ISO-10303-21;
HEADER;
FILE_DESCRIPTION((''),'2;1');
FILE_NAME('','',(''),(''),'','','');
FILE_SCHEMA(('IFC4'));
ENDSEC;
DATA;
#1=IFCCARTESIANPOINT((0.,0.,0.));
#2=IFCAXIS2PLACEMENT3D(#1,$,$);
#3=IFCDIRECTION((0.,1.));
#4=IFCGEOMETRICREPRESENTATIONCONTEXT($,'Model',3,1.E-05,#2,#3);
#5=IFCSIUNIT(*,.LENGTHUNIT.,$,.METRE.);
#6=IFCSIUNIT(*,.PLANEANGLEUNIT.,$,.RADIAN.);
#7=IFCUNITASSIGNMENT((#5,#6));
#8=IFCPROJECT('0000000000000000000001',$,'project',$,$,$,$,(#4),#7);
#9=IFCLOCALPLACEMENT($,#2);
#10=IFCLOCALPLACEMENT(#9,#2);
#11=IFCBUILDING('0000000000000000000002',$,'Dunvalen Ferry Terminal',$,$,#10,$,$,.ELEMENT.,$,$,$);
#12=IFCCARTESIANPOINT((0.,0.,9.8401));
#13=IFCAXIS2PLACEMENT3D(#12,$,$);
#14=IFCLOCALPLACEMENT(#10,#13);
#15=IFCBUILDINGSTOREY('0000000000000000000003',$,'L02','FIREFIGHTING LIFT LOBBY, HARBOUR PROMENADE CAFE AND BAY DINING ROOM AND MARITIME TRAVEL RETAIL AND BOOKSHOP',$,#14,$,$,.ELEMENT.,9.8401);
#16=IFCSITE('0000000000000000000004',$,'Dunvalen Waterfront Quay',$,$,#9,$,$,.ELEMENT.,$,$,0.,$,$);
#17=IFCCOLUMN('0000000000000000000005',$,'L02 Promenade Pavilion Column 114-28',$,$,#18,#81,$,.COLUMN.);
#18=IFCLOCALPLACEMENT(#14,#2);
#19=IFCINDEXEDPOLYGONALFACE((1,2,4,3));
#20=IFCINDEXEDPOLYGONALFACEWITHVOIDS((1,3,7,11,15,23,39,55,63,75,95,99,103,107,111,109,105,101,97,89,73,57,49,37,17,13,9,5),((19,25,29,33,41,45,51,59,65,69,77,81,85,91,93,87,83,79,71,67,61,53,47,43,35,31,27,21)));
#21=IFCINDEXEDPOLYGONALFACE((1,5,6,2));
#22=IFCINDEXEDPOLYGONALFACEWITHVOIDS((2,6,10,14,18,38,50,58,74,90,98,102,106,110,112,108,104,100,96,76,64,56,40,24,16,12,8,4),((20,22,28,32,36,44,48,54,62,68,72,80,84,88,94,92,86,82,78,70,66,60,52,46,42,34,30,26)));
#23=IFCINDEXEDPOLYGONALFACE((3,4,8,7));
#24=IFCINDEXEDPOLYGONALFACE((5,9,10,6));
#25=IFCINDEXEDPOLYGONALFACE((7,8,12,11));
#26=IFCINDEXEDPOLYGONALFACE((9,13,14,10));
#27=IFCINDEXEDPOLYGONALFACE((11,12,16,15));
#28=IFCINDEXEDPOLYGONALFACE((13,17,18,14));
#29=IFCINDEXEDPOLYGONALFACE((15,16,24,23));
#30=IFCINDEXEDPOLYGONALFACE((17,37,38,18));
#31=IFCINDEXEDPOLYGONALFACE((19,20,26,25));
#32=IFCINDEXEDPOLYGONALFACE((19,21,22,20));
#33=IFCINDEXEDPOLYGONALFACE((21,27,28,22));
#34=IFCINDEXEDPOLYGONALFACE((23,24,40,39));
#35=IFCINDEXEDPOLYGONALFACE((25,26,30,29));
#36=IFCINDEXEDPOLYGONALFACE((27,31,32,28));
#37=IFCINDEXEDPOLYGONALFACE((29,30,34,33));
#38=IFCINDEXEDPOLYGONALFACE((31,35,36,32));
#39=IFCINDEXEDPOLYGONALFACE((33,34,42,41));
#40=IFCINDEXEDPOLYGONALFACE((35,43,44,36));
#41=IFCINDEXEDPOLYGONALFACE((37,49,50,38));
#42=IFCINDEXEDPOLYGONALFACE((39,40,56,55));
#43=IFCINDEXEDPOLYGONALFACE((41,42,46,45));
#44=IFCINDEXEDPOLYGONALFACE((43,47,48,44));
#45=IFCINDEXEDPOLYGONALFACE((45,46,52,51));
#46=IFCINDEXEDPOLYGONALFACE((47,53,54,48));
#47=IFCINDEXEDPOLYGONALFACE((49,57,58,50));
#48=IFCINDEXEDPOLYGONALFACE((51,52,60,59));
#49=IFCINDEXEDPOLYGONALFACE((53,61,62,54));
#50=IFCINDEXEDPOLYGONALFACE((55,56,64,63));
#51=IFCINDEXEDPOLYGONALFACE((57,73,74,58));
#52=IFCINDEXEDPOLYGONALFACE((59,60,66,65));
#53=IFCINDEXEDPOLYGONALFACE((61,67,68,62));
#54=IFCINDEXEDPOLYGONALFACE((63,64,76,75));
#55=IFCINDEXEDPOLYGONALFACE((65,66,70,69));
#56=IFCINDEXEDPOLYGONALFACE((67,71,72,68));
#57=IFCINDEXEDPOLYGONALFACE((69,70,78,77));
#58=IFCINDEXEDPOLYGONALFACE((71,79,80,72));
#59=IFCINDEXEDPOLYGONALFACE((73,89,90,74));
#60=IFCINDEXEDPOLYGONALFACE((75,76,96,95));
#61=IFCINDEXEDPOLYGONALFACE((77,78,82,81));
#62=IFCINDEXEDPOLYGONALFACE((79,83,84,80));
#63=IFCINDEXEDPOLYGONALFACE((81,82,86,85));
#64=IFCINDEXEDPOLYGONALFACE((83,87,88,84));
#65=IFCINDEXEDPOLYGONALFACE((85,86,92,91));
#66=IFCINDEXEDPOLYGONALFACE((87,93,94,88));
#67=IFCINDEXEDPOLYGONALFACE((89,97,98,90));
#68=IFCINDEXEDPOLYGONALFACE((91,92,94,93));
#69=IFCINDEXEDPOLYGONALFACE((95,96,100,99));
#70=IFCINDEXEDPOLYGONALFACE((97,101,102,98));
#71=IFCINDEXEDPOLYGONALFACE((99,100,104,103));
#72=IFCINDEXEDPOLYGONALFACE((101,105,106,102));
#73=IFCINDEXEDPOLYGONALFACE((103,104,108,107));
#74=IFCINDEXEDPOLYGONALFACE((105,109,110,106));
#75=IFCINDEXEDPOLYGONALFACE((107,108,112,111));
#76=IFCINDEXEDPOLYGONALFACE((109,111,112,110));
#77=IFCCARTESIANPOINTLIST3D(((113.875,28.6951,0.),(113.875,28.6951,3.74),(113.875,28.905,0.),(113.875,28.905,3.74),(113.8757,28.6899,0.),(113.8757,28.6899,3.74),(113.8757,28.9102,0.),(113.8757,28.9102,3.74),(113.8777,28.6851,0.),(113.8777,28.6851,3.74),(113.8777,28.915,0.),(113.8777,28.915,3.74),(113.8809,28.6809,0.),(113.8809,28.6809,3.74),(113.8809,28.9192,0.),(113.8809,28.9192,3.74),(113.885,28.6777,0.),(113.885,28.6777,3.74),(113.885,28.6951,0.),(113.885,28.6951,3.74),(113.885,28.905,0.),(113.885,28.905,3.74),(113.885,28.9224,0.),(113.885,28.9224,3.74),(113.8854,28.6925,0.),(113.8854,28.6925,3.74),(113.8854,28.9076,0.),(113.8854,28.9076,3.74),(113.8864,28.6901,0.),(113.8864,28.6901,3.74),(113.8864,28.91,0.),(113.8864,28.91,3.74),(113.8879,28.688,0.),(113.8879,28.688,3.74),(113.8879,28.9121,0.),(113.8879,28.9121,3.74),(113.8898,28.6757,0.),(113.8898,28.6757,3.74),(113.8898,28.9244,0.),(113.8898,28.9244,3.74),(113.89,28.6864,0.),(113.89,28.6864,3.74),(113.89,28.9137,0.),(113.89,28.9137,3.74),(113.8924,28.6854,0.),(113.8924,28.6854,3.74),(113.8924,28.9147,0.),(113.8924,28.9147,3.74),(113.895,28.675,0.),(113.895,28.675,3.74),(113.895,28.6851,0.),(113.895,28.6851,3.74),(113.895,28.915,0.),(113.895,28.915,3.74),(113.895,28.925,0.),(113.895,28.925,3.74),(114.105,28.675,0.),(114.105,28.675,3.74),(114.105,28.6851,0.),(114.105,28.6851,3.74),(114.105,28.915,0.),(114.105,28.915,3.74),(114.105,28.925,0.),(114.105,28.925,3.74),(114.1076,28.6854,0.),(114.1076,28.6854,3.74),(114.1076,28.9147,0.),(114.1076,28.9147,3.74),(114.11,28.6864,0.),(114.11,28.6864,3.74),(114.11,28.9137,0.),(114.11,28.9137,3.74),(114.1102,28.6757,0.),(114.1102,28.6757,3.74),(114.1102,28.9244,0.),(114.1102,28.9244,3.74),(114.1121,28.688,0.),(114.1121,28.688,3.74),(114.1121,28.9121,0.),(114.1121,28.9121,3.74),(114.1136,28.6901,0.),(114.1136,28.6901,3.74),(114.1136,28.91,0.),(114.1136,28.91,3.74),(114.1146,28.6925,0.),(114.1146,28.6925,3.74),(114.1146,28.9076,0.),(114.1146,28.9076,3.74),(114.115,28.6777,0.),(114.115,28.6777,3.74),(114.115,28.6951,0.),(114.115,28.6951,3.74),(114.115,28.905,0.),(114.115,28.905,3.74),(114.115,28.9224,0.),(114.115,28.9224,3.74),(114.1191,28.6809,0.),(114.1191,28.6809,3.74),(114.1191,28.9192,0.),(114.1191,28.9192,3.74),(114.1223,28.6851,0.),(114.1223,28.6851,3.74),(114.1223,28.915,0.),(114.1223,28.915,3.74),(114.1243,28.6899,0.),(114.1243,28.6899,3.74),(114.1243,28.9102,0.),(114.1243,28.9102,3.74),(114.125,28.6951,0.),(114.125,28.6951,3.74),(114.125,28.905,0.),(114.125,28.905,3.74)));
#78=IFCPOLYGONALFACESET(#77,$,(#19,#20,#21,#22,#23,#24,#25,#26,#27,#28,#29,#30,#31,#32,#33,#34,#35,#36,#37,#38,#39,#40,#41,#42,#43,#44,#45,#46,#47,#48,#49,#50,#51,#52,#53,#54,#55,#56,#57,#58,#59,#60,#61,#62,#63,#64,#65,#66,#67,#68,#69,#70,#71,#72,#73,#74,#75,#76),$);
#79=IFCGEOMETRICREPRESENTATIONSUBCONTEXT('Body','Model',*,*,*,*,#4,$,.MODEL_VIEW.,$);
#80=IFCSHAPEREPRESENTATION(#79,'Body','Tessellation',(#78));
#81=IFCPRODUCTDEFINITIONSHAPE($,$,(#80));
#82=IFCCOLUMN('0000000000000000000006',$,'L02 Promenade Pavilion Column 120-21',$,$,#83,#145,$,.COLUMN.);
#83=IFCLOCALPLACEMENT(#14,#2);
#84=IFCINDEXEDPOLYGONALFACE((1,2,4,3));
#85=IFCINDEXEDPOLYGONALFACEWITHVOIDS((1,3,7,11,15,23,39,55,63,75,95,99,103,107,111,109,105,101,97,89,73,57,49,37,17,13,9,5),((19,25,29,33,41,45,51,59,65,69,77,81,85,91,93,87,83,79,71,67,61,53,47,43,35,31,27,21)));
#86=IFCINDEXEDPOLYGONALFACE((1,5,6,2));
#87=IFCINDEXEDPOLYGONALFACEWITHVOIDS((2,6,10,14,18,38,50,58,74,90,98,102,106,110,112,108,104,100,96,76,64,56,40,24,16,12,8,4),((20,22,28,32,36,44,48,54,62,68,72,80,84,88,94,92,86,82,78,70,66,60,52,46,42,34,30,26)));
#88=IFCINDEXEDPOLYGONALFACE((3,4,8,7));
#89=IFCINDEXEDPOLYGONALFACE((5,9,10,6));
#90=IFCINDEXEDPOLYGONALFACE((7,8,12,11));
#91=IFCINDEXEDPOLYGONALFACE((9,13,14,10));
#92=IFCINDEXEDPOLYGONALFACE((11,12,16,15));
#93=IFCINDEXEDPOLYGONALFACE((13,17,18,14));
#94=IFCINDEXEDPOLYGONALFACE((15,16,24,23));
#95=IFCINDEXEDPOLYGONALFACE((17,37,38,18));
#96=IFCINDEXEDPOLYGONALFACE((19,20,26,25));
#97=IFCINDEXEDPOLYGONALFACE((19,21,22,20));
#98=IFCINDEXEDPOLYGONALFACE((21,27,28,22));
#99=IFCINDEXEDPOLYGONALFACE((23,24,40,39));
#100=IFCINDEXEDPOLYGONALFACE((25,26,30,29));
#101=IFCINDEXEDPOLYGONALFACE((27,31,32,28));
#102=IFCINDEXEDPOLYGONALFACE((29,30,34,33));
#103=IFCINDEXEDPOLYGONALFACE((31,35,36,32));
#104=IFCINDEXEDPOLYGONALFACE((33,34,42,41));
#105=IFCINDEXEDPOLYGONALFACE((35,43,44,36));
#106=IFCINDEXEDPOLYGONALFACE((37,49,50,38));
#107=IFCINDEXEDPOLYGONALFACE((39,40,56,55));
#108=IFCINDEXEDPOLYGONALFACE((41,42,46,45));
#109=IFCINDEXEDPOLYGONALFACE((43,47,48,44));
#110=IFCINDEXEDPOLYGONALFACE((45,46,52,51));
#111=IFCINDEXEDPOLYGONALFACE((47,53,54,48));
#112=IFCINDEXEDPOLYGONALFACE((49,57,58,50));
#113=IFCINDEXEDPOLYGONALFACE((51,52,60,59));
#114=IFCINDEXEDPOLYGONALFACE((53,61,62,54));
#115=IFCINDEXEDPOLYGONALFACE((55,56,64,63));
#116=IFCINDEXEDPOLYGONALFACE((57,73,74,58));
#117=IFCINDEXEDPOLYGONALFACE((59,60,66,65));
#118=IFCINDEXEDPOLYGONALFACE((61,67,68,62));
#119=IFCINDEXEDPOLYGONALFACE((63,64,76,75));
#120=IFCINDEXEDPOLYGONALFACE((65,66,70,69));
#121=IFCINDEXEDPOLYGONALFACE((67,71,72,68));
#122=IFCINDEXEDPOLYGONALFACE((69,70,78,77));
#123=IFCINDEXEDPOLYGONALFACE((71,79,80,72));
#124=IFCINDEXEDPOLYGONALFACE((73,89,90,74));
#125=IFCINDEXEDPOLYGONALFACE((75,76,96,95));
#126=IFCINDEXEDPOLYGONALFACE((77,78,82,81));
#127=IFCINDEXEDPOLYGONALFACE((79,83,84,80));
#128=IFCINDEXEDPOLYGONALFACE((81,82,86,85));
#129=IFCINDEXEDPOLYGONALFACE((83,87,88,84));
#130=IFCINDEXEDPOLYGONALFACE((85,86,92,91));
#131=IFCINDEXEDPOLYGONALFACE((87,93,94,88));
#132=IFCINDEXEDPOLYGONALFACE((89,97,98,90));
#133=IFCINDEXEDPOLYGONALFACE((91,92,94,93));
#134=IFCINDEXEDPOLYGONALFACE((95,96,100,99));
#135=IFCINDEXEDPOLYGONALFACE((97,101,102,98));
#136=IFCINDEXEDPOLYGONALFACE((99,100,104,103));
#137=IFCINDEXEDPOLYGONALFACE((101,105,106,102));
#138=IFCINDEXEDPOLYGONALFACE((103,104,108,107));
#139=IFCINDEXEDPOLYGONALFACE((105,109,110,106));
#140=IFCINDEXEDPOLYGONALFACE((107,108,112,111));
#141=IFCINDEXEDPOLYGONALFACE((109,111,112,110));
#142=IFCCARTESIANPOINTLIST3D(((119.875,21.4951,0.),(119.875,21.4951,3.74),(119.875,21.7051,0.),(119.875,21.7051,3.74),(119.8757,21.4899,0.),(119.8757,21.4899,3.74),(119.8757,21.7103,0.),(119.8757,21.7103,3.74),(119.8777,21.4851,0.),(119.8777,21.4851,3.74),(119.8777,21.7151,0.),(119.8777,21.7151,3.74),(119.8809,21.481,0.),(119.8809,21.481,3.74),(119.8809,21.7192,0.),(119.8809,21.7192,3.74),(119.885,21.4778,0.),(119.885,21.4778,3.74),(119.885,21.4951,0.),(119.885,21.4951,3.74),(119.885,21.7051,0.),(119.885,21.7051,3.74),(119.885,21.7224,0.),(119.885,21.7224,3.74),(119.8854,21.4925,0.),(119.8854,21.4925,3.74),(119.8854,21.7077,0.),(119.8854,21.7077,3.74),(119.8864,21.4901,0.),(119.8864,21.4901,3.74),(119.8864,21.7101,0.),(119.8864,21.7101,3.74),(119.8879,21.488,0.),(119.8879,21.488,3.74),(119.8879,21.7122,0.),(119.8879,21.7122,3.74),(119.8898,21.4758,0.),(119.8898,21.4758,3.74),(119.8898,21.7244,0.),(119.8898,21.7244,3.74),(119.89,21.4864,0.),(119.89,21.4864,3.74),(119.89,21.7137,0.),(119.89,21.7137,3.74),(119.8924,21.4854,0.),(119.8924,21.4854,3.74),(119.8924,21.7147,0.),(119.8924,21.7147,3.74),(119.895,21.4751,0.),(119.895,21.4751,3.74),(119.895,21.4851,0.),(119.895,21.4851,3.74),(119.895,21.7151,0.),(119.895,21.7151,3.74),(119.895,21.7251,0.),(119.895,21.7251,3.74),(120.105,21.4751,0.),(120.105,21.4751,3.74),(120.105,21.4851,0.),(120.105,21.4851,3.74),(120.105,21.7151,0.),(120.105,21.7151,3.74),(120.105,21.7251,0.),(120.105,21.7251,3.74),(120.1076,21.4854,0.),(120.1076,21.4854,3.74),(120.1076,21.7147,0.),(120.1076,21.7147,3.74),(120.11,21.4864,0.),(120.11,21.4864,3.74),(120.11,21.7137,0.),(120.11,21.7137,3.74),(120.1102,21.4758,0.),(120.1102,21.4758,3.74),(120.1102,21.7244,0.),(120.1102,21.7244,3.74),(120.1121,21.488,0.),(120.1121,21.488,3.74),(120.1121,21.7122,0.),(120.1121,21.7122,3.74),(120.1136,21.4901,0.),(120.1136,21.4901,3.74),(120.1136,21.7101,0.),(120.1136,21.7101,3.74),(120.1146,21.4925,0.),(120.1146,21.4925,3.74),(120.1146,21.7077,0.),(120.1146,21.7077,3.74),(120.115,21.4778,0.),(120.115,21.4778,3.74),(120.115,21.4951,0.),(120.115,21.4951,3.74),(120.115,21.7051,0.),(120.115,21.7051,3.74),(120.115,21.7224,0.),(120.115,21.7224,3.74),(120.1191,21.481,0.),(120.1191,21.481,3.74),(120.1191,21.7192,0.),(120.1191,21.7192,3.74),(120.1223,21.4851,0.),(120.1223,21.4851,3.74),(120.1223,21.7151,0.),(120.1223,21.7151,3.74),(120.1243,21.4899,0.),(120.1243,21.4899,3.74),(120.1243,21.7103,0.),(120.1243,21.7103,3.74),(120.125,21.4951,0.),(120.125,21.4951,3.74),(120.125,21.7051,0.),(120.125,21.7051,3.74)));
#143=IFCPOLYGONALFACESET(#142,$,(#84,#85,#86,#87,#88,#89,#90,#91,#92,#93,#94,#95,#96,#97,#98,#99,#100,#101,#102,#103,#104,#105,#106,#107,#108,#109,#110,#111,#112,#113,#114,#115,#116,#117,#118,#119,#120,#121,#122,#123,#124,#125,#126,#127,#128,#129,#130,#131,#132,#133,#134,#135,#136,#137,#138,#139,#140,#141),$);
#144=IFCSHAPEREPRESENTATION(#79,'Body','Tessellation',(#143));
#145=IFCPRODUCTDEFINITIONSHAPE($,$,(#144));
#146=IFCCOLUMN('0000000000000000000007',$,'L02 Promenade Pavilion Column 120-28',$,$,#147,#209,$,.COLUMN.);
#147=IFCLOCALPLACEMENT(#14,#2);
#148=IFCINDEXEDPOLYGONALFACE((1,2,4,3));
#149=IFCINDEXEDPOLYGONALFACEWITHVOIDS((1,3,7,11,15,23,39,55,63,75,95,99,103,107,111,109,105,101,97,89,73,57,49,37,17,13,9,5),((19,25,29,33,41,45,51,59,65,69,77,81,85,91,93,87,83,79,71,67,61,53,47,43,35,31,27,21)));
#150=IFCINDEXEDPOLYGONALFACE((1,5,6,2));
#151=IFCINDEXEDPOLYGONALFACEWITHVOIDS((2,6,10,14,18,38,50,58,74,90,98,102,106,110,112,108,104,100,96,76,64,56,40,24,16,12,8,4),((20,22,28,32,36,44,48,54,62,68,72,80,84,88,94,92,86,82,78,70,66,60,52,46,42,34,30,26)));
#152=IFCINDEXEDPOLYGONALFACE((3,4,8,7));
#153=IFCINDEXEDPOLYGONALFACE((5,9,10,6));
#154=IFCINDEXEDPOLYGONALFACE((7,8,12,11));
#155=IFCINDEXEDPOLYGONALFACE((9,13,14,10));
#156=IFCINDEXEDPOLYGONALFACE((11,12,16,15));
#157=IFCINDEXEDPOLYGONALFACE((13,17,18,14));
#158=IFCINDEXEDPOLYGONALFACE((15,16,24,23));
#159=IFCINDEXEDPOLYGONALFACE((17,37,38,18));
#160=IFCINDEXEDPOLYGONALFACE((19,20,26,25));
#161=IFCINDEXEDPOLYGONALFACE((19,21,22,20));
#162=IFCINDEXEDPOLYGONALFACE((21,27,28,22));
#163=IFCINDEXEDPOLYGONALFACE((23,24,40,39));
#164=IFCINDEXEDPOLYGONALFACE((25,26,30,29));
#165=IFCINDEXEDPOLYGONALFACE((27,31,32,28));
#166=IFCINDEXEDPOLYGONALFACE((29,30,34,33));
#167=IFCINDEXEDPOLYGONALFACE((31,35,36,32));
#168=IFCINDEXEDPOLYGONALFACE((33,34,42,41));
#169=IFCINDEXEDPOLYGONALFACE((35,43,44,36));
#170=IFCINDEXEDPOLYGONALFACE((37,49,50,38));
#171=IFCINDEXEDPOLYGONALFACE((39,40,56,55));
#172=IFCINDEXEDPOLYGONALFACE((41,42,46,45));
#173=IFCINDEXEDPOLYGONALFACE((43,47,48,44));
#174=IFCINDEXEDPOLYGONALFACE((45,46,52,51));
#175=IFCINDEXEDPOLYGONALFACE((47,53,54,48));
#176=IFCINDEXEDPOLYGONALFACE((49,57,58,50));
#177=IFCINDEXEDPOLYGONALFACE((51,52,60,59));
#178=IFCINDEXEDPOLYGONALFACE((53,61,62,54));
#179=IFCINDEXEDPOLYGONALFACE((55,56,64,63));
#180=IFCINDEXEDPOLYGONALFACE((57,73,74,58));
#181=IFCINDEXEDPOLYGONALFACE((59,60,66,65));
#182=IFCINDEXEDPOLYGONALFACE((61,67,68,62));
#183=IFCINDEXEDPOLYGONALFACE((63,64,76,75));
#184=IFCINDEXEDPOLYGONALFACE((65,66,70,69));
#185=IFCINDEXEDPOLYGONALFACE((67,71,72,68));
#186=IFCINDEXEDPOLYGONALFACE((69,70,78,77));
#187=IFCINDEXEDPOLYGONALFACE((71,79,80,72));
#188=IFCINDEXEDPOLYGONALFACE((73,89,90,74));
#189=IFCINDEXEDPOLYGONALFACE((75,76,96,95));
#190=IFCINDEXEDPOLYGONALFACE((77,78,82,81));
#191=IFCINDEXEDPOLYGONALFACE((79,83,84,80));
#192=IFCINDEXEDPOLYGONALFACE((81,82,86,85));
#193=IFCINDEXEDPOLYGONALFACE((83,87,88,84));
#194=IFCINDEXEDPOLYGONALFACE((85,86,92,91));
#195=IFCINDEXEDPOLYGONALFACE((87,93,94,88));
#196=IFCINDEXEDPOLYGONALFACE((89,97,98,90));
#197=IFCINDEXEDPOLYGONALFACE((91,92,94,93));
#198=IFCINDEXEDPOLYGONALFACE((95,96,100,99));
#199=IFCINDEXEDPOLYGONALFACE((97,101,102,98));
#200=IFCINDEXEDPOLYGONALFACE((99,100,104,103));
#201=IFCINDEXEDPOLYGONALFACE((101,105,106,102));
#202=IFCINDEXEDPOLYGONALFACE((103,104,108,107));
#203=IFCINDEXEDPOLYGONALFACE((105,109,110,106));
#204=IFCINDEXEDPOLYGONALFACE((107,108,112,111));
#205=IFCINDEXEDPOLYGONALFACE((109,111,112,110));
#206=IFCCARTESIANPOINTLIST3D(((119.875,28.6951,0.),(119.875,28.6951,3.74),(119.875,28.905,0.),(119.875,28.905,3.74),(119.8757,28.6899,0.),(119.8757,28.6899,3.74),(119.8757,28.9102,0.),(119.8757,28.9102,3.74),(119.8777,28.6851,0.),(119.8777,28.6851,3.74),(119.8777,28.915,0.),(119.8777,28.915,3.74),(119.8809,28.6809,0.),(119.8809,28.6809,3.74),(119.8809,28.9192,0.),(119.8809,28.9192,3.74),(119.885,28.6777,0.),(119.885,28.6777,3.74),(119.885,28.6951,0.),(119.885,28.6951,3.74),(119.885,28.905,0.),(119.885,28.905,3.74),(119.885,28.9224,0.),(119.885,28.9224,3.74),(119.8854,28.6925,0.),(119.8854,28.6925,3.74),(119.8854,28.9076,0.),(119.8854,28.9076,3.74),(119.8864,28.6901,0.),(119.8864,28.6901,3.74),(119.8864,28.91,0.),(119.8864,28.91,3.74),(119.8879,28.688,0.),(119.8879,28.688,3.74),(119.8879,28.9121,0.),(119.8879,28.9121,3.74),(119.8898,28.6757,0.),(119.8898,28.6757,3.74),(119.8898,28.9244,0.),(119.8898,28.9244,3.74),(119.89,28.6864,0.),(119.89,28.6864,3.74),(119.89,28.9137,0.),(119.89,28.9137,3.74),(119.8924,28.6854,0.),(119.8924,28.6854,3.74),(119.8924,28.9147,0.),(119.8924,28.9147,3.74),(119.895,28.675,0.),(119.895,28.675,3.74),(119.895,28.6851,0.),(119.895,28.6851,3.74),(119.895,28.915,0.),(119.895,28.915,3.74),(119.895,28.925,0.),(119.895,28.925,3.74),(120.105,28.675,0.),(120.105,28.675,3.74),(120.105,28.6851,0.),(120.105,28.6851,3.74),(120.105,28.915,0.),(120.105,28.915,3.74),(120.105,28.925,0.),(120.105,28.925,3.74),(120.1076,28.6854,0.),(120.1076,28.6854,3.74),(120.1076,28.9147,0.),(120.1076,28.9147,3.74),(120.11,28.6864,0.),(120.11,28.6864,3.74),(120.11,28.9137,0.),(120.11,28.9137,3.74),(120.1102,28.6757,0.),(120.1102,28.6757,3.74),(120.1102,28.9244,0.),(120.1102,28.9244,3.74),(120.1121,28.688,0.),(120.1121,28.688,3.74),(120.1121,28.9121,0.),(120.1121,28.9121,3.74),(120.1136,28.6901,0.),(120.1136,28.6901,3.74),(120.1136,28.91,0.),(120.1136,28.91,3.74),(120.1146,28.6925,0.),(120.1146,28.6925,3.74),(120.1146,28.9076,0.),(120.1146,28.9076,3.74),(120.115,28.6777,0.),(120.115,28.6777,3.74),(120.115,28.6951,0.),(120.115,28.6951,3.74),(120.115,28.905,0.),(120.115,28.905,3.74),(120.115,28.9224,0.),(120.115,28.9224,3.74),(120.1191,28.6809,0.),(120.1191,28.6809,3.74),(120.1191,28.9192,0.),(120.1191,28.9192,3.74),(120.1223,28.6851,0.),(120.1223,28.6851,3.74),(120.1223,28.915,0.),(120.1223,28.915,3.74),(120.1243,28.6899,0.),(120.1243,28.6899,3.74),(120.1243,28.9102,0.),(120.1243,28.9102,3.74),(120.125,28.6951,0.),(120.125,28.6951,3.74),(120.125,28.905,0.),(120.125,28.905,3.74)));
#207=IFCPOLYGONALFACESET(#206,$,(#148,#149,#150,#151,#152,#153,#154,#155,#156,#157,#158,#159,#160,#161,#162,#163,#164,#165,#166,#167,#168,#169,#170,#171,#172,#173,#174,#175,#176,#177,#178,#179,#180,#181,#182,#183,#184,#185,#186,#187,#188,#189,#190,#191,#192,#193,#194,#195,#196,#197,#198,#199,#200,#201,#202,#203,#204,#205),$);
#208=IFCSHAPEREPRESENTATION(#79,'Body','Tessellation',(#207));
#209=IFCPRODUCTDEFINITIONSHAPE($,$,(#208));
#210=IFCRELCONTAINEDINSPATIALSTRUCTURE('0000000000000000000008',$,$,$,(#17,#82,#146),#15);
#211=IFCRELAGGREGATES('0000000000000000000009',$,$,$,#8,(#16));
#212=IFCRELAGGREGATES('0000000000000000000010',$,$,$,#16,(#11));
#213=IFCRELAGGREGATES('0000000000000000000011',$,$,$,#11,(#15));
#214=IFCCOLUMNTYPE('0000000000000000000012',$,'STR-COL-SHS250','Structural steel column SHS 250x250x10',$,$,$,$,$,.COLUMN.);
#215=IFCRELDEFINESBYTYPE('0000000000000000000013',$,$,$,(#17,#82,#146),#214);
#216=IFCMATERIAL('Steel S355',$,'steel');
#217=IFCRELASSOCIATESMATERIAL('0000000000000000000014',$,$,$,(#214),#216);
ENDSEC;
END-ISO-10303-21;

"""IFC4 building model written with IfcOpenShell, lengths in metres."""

from ifc_helpers import new_model, si_unit, direction, frame, origin, origin_2d, place, context, subcontext, project, spatial, hollow_rectangle, extrude, material, material_profile, profile_set, type_object, element, save


model = new_model("IFC4")

# Units and contexts
model_context = context("Model", 3, precision=1e-05, world=origin(), true_north=direction((0.0, 1.0)))
body_context = subcontext(model_context, "Body", "Model", "MODEL_VIEW")
ifc_project = project(units=[si_unit("LENGTHUNIT", "METRE"), si_unit("PLANEANGLEUNIT", "RADIAN")], contexts=[model_context])

# Site, building, storey
site_placement = place(None, origin())
site = spatial("IfcSite", under=ifc_project, at=site_placement, Name="Dunvalen Waterfront Quay", CompositionType="ELEMENT", RefElevation=0.0)
building_placement = place(site_placement, origin())
building = spatial("IfcBuilding", under=site, at=building_placement, Name="Dunvalen Ferry Terminal", CompositionType="ELEMENT")
storey_placement = place(building_placement, frame((0.0, 0.0, 9.8401)))
storey = spatial("IfcBuildingStorey", under=building, at=storey_placement, Name="L02", Description="FIREFIGHTING LIFT LOBBY, HARBOUR PROMENADE CAFE AND BAY DINING ROOM AND MARITIME TRAVEL RETAIL AND BOOKSHOP", CompositionType="ELEMENT", Elevation=9.8401)

# Columns
ifc_material_1 = material(Name="Steel S355", Category="steel")
ifc_material_profile_1 = material_profile(ifc_material_1, hollow_rectangle(XDim=0.25, YDim=0.25, WallThickness=0.01, InnerFilletRadius=0.01, OuterFilletRadius=0.02, at=origin_2d()), Name="Steel S355")
ifc_profile_set_1 = profile_set([ifc_material_profile_1], Name="Steel S355")
column_type = type_object("IfcColumnType", Name="STR-COL-SHS250", Description="Structural steel column SHS 250x250x10", PredefinedType="COLUMN", material=ifc_profile_set_1)
for number, where, z_axis, x_axis, name in (
    (1, (114.0, 28.8, 0.0), (0.0, 0.0, 1.0), (1.0, 0.0, 0.0), "L02 Promenade Pavilion Column 114-28"),
    (2, (120.0, 21.6001, 0.0), (0.0, 0.0, 1.0), (1.0, 0.0, 0.0), "L02 Promenade Pavilion Column 120-21"),
    (3, (120.0, 28.8, 0.0), (0.0, 0.0, 1.0), (1.0, 0.0, 0.0), "L02 Promenade Pavilion Column 120-28"),
):
    element("IfcColumn", number, at=place(storey_placement, frame(where, z_axis=z_axis, x_axis=x_axis)), inside=storey, type_object=column_type, Name=name, PredefinedType="COLUMN", context=body_context, shape_type="SweptSolid", body=[
        extrude(hollow_rectangle(XDim=0.25, YDim=0.25, WallThickness=0.01, InnerFilletRadius=0.01, OuterFilletRadius=0.02, at=origin_2d()), origin(), (0.0, 0.0, 1.0), 3.74),
    ])

save(model, "model.ifc")
